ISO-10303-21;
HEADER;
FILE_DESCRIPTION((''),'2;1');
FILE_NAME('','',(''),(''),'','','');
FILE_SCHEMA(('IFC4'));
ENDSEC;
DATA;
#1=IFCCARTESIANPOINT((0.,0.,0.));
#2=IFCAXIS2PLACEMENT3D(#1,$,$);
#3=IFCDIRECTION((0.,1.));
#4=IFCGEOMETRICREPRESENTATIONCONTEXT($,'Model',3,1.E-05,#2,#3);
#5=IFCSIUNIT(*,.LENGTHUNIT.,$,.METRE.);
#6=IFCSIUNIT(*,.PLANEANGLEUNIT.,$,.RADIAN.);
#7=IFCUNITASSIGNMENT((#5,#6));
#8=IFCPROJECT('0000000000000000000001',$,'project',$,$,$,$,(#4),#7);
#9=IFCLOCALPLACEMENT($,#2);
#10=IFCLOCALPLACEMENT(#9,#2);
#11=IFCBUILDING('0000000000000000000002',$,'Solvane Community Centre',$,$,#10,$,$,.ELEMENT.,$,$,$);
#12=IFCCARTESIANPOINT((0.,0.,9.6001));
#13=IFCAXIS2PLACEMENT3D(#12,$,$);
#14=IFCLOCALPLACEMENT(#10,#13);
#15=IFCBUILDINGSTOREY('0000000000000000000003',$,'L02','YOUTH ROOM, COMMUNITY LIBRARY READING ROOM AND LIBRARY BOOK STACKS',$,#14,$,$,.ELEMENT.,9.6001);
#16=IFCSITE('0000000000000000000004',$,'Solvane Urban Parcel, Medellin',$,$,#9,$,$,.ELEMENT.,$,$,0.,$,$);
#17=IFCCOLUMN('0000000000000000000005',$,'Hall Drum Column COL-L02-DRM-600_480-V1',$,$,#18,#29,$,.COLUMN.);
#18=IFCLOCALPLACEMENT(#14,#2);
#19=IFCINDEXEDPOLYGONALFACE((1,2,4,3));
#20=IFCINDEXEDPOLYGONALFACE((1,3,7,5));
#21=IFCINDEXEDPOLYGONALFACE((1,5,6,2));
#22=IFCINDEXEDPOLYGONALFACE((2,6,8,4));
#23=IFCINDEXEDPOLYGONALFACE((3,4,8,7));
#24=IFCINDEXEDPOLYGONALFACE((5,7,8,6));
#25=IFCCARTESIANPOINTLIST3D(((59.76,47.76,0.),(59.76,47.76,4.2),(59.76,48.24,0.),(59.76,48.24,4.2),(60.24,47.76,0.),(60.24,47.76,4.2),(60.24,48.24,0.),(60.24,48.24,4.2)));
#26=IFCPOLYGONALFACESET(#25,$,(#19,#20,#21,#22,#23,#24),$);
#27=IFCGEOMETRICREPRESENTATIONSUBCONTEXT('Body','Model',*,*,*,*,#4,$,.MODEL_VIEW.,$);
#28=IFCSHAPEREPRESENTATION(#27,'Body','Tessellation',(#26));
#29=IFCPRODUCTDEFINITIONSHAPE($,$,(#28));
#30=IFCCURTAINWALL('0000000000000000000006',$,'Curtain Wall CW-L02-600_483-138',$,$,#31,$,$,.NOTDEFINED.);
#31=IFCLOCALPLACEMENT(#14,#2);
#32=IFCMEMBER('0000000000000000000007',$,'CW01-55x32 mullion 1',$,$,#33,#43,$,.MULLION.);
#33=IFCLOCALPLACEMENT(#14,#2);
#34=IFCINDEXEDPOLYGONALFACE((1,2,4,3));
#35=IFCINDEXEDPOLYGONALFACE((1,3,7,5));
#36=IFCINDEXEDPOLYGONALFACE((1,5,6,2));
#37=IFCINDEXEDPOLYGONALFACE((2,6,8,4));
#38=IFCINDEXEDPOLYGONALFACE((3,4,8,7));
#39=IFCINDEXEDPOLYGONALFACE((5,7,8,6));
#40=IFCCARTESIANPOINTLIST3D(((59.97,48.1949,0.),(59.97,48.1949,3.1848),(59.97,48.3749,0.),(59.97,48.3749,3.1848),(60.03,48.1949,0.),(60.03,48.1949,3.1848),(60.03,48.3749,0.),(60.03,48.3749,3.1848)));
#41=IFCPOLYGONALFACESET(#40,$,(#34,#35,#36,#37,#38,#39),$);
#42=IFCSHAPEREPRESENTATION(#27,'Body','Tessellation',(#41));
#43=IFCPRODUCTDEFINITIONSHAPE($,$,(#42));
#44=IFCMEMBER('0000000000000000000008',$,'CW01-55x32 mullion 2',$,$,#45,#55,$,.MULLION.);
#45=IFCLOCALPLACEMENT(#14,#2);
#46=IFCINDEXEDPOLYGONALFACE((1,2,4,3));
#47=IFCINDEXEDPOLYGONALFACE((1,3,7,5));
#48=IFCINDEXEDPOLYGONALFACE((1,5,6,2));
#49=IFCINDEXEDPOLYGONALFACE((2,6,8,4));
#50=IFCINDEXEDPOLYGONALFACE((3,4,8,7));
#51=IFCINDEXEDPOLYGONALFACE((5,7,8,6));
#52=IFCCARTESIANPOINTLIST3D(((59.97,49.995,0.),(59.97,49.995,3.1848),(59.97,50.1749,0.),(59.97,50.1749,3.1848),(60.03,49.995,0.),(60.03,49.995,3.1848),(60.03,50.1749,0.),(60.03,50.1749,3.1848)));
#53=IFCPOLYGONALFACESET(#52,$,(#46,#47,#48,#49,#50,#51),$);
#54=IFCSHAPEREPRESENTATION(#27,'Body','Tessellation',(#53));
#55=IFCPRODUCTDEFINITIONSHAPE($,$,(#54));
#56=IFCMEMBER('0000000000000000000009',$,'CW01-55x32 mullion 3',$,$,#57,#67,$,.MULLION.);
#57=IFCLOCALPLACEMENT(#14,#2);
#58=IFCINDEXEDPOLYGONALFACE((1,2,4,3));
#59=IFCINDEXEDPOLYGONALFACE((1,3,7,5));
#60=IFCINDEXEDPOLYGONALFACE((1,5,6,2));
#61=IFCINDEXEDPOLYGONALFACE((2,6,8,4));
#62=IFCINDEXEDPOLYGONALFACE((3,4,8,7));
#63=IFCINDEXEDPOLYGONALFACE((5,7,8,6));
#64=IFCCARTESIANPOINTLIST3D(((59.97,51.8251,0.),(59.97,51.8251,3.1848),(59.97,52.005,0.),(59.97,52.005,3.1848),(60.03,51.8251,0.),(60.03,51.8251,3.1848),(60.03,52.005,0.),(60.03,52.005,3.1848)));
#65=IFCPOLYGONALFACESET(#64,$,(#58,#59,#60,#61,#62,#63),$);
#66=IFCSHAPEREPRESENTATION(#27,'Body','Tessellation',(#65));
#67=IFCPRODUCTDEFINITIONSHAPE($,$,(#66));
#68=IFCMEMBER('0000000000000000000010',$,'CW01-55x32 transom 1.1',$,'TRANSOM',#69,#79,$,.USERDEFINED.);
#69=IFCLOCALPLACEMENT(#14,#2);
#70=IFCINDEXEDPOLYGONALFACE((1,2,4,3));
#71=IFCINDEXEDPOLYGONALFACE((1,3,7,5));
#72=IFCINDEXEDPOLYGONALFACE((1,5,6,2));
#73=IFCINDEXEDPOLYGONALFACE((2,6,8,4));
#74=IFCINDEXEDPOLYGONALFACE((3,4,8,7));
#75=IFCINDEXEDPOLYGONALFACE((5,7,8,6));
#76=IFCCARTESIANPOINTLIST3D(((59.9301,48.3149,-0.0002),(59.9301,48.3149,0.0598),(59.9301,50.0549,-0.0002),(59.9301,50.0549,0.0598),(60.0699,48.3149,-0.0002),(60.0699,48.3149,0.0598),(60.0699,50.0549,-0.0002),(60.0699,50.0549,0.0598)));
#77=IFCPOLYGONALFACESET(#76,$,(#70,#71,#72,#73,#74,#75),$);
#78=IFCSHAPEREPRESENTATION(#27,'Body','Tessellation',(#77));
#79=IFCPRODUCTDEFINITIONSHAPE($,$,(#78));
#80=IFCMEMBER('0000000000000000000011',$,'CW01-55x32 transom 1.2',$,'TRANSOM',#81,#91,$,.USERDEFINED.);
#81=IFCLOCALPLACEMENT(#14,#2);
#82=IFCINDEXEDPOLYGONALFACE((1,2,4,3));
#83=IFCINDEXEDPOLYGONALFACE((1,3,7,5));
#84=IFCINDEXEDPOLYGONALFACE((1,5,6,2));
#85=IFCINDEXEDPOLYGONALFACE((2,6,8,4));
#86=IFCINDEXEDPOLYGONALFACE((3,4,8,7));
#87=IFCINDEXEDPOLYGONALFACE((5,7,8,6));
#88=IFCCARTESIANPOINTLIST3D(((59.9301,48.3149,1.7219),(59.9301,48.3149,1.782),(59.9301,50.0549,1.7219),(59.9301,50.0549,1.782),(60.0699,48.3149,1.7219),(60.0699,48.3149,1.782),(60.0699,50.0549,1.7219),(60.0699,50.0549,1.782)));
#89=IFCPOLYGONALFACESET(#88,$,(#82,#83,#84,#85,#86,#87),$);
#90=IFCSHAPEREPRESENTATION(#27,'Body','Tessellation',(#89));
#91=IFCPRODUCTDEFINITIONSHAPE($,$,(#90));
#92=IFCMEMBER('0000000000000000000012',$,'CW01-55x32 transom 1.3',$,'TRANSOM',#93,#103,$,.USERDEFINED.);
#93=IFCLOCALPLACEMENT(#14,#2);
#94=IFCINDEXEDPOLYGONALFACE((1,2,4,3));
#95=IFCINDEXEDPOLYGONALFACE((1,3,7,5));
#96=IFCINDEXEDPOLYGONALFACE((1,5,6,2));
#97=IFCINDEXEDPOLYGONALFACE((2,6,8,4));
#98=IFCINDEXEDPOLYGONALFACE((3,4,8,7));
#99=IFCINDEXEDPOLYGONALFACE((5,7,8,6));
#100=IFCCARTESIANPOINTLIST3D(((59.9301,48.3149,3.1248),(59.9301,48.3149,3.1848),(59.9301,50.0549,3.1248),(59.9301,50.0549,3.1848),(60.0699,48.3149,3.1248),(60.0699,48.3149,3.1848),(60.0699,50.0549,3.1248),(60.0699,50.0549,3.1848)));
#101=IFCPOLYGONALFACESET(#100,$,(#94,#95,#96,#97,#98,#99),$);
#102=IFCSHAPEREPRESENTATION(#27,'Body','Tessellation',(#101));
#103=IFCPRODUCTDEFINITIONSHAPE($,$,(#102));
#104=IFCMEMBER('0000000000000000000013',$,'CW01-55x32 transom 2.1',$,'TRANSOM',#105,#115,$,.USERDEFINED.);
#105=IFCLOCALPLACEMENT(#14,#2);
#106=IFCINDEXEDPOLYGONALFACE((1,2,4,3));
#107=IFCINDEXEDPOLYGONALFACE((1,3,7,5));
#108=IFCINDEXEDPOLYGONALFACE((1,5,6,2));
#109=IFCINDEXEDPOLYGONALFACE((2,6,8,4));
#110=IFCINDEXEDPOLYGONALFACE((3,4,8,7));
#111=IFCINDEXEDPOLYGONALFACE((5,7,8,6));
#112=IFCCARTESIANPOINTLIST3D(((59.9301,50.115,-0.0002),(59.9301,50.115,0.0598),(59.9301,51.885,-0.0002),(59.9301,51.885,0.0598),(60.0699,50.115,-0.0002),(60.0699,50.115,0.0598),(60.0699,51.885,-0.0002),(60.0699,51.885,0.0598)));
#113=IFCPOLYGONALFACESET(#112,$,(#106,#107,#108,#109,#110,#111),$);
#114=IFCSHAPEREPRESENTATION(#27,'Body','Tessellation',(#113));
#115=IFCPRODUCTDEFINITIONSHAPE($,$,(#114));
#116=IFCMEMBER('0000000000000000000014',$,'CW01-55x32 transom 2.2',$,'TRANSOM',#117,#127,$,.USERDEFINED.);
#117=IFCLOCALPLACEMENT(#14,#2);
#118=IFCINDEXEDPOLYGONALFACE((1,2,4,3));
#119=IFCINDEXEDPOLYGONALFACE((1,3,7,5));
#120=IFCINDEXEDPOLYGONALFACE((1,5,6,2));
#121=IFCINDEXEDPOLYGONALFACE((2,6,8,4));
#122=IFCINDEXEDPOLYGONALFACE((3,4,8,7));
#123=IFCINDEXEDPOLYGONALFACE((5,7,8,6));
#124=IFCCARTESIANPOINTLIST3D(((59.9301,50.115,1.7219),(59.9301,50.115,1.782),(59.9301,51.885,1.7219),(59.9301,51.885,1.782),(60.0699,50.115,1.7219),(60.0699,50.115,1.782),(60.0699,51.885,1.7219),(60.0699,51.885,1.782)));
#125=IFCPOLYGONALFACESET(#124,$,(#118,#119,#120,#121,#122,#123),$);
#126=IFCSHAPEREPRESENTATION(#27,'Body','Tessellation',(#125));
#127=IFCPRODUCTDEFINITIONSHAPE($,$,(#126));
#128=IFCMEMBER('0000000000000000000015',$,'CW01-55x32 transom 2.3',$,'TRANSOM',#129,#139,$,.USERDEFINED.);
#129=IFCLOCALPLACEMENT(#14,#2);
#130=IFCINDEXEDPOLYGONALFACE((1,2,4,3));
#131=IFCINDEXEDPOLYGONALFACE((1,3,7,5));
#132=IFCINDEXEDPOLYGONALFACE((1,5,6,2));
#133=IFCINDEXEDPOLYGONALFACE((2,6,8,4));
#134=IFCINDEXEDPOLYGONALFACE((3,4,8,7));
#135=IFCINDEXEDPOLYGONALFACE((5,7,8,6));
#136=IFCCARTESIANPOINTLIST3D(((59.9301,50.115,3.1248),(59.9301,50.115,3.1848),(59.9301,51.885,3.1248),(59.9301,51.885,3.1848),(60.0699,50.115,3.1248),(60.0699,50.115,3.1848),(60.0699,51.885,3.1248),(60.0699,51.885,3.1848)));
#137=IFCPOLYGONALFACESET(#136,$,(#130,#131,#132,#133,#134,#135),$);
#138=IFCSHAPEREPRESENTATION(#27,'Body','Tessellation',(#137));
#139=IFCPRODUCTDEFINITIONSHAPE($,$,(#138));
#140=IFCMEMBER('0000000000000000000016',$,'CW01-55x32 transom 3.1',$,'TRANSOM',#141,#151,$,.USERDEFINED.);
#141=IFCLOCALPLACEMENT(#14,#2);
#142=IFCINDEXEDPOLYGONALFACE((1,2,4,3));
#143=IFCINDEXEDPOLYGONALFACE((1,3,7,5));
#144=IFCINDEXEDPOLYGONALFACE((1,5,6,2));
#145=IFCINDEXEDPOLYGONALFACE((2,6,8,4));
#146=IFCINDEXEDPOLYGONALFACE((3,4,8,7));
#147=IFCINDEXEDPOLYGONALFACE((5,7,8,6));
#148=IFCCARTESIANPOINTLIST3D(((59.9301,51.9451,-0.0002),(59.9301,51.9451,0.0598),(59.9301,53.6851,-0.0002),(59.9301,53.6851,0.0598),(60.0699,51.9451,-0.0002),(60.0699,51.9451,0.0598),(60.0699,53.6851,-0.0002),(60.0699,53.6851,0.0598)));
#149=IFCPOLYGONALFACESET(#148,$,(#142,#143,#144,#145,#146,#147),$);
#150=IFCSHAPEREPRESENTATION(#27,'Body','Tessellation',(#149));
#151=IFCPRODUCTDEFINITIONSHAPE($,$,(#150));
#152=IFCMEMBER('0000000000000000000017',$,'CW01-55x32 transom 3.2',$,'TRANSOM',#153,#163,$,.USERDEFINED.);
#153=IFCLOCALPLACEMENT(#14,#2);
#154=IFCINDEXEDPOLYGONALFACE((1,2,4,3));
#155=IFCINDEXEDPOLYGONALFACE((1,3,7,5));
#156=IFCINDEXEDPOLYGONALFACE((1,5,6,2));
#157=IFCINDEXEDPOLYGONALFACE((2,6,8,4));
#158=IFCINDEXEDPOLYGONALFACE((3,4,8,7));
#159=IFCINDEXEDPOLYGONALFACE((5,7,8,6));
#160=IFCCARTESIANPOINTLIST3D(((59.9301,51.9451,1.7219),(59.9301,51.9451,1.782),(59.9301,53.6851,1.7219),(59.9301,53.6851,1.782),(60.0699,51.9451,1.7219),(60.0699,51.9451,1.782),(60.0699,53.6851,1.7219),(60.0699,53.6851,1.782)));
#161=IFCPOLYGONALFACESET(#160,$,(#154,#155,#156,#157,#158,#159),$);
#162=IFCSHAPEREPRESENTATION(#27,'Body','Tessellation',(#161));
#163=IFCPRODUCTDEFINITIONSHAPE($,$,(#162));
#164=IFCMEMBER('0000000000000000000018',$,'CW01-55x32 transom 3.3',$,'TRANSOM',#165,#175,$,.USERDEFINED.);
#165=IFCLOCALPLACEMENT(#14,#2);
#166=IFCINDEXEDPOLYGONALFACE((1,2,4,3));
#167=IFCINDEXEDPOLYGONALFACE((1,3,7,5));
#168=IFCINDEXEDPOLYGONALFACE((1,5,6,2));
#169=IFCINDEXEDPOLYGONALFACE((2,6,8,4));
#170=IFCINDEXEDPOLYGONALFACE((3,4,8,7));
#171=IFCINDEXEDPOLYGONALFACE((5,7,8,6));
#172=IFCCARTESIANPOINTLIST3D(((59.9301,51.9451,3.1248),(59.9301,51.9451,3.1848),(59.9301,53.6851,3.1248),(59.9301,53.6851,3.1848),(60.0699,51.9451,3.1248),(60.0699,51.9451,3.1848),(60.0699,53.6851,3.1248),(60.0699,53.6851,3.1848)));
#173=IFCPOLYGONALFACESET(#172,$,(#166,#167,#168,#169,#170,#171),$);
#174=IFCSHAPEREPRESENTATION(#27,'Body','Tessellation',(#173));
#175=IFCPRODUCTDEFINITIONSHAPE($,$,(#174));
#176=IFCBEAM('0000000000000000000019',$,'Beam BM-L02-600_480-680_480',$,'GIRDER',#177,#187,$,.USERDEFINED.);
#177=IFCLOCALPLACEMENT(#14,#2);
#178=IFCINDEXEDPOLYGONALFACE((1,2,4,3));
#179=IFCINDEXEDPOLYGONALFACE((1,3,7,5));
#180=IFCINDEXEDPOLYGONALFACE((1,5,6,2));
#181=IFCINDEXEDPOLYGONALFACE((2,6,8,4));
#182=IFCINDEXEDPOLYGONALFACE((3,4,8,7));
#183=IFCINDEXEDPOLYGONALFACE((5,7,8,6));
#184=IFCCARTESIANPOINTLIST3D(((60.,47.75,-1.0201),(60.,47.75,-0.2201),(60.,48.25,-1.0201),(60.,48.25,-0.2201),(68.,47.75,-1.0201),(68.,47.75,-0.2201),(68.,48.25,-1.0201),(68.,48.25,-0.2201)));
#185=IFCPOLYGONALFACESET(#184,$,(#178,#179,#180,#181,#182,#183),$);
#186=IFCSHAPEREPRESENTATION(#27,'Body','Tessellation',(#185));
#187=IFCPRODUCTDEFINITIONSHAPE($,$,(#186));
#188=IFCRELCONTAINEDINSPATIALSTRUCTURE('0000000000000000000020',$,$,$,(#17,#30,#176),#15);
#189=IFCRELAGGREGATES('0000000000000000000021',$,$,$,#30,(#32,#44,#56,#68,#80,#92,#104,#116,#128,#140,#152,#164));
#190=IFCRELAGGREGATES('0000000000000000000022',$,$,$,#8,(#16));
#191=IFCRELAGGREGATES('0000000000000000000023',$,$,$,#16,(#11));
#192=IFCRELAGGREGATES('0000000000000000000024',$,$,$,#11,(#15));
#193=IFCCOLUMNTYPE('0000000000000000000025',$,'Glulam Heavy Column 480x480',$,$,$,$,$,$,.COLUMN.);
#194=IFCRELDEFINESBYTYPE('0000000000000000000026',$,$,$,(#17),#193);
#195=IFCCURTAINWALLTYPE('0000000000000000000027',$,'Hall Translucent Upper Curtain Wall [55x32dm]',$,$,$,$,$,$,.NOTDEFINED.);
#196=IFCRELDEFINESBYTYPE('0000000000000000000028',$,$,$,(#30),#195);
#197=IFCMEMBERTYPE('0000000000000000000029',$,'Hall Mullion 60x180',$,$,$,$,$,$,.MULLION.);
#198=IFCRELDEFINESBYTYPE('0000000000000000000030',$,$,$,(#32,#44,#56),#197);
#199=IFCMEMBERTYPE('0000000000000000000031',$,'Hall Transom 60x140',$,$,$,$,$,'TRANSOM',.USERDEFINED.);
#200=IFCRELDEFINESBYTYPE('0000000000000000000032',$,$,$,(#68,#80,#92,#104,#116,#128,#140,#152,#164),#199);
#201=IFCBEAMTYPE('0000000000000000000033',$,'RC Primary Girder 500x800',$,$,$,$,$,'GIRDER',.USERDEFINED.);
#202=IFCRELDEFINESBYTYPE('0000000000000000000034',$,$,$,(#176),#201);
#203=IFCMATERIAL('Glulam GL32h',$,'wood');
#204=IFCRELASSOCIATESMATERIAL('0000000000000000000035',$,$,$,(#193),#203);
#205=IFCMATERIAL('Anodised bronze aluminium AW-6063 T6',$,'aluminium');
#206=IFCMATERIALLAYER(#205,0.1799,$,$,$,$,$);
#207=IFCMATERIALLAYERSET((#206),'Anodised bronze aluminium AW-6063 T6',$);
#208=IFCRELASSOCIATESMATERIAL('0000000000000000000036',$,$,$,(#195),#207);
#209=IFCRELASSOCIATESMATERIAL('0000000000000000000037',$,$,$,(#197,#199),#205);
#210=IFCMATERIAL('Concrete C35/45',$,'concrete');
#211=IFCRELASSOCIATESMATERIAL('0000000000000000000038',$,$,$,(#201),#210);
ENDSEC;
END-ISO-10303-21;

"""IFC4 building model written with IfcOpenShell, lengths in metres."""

from ifc_helpers import new_model, si_unit, direction, frame, origin, origin_2d, place, context, subcontext, project, spatial, rectangle, extrude, material, layer, layer_set, material_profile, profile_set, type_object, element, aggregate, save


model = new_model("IFC4")

# Units and contexts
model_context = context("Model", 3, precision=1e-05, world=origin(), true_north=direction((0.0, 1.0)))
body_context = subcontext(model_context, "Body", "Model", "MODEL_VIEW")
ifc_project = project(units=[si_unit("LENGTHUNIT", "METRE"), si_unit("PLANEANGLEUNIT", "RADIAN")], contexts=[model_context])

# Site, building, storey
site_placement = place(None, origin())
site = spatial("IfcSite", under=ifc_project, at=site_placement, Name="Solvane Urban Parcel, Medellin", CompositionType="ELEMENT", RefElevation=0.0)
building_placement = place(site_placement, origin())
building = spatial("IfcBuilding", under=site, at=building_placement, Name="Solvane Community Centre", CompositionType="ELEMENT")
storey_placement = place(building_placement, frame((0.0, 0.0, 9.6001)))
storey = spatial("IfcBuildingStorey", under=building, at=storey_placement, Name="L02", Description="YOUTH ROOM, COMMUNITY LIBRARY READING ROOM AND LIBRARY BOOK STACKS", CompositionType="ELEMENT", Elevation=9.6001)

# Column
ifc_material_1 = material(Name="Glulam GL32h", Category="wood")
ifc_material_profile_1 = material_profile(ifc_material_1, rectangle(XDim=0.48, YDim=0.48, at=origin_2d()), Name="GL32h 480x480")
ifc_profile_set_1 = profile_set([ifc_material_profile_1], Name="Glulam GL32h")
column_type = type_object("IfcColumnType", Name="Glulam Heavy Column 480x480", PredefinedType="COLUMN", material=ifc_profile_set_1)
column_placement = place(storey_placement, frame((60.0, 48.0, 0.0), z_axis=(0.0, 0.0, 1.0), x_axis=(1.0, 0.0, 0.0)))
element("IfcColumn", 1, at=column_placement, inside=storey, type_object=column_type, Name="Hall Drum Column COL-L02-DRM-600_480-V1", PredefinedType="COLUMN", context=body_context, shape_type="SweptSolid", body=[
    extrude(rectangle(XDim=0.48, YDim=0.48, at=origin_2d()), origin(), (0.0, 0.0, 1.0), 4.2),
])

# Curtain wall, members
ifc_material_2 = material(Name="Anodised bronze aluminium AW-6063 T6", Category="aluminium")
ifc_layer_1 = layer(ifc_material_2, 0.1799)
ifc_layer_set_1 = layer_set([ifc_layer_1], Name="Anodised bronze aluminium AW-6063 T6")
curtain_wall_type = type_object("IfcCurtainWallType", Name="Hall Translucent Upper Curtain Wall [55x32dm]", PredefinedType="NOTDEFINED", material=ifc_layer_set_1)
curtain_wall_placement = place(storey_placement, origin())
curtain_wall = element("IfcCurtainWall", 2, at=curtain_wall_placement, inside=storey, type_object=curtain_wall_type, Name="Curtain Wall CW-L02-600_483-138", PredefinedType="NOTDEFINED")
ifc_material_profile_2 = material_profile(ifc_material_2, rectangle(XDim=0.0601, YDim=0.1799, at=origin_2d()), Name="CW-M 60x180")
ifc_profile_set_2 = profile_set([ifc_material_profile_2], Name="Anodised bronze aluminium AW-6063 T6")
member_type_1 = type_object("IfcMemberType", Name="Hall Mullion 60x180", PredefinedType="MULLION", material=ifc_profile_set_2)
member_1_placement = place(storey_placement, frame((60.0, 48.2849, 0.0), z_axis=(0.0, 0.0, 1.0), x_axis=(-1.0, 0.0, 0.0)))
member_1 = element("IfcMember", 3, at=member_1_placement, type_object=member_type_1, Name="CW01-55x32 mullion 1", PredefinedType="MULLION", context=body_context, shape_type="SweptSolid", body=[
    extrude(rectangle(XDim=0.0601, YDim=0.1799, at=origin_2d()), origin(), (0.0, 0.0, 1.0), 3.1848),
])
member_2_placement = place(storey_placement, frame((60.0, 50.085, 0.0), z_axis=(0.0, 0.0, 1.0), x_axis=(-1.0, 0.0, 0.0)))
member_2 = element("IfcMember", 4, at=member_2_placement, type_object=member_type_1, Name="CW01-55x32 mullion 2", PredefinedType="MULLION", context=body_context, shape_type="SweptSolid", body=[
    extrude(rectangle(XDim=0.0601, YDim=0.1799, at=origin_2d()), origin(), (0.0, 0.0, 1.0), 3.1848),
])
member_3_placement = place(storey_placement, frame((60.0, 51.915, 0.0), z_axis=(0.0, 0.0, 1.0), x_axis=(-1.0, 0.0, 0.0)))
member_3 = element("IfcMember", 5, at=member_3_placement, type_object=member_type_1, Name="CW01-55x32 mullion 3", PredefinedType="MULLION", context=body_context, shape_type="SweptSolid", body=[
    extrude(rectangle(XDim=0.0601, YDim=0.1799, at=origin_2d()), origin(), (0.0, 0.0, 1.0), 3.1848),
])
ifc_material_profile_3 = material_profile(ifc_material_2, rectangle(XDim=0.1399, YDim=0.0601, at=origin_2d()), Name="CW-T 60x140")
ifc_profile_set_3 = profile_set([ifc_material_profile_3], Name="Anodised bronze aluminium AW-6063 T6")
member_type_2 = type_object("IfcMemberType", Name="Hall Transom 60x140", ElementType="TRANSOM", PredefinedType="USERDEFINED", material=ifc_profile_set_3)
member_4_placement = place(storey_placement, frame((60.0, 48.3149, 0.0298), z_axis=(0.0, 1.0, 0.0), x_axis=(-1.0, 0.0, 0.0)))
member_4 = element("IfcMember", 6, at=member_4_placement, type_object=member_type_2, Name="CW01-55x32 transom 1.1", ObjectType="TRANSOM", PredefinedType="USERDEFINED", context=body_context, shape_type="SweptSolid", body=[
    extrude(rectangle(XDim=0.1399, YDim=0.0601, at=origin_2d()), origin(), (0.0, 0.0, 1.0), 1.74),
])
member_5_placement = place(storey_placement, frame((60.0, 48.3149, 1.752), z_axis=(0.0, 1.0, 0.0), x_axis=(-1.0, 0.0, 0.0)))
member_5 = element("IfcMember", 7, at=member_5_placement, type_object=member_type_2, Name="CW01-55x32 transom 1.2", ObjectType="TRANSOM", PredefinedType="USERDEFINED", context=body_context, shape_type="SweptSolid", body=[
    extrude(rectangle(XDim=0.1399, YDim=0.0601, at=origin_2d()), origin(), (0.0, 0.0, 1.0), 1.74),
])
member_6_placement = place(storey_placement, frame((60.0, 48.3149, 3.1548), z_axis=(0.0, 1.0, 0.0), x_axis=(-1.0, 0.0, 0.0)))
member_6 = element("IfcMember", 8, at=member_6_placement, type_object=member_type_2, Name="CW01-55x32 transom 1.3", ObjectType="TRANSOM", PredefinedType="USERDEFINED", context=body_context, shape_type="SweptSolid", body=[
    extrude(rectangle(XDim=0.1399, YDim=0.0601, at=origin_2d()), origin(), (0.0, 0.0, 1.0), 1.74),
])
member_7_placement = place(storey_placement, frame((60.0, 50.115, 0.0298), z_axis=(0.0, 1.0, 0.0), x_axis=(-1.0, 0.0, 0.0)))
member_7 = element("IfcMember", 9, at=member_7_placement, type_object=member_type_2, Name="CW01-55x32 transom 2.1", ObjectType="TRANSOM", PredefinedType="USERDEFINED", context=body_context, shape_type="SweptSolid", body=[
    extrude(rectangle(XDim=0.1399, YDim=0.0601, at=origin_2d()), origin(), (0.0, 0.0, 1.0), 1.77),
])
member_8_placement = place(storey_placement, frame((60.0, 50.115, 1.752), z_axis=(0.0, 1.0, 0.0), x_axis=(-1.0, 0.0, 0.0)))
member_8 = element("IfcMember", 10, at=member_8_placement, type_object=member_type_2, Name="CW01-55x32 transom 2.2", ObjectType="TRANSOM", PredefinedType="USERDEFINED", context=body_context, shape_type="SweptSolid", body=[
    extrude(rectangle(XDim=0.1399, YDim=0.0601, at=origin_2d()), origin(), (0.0, 0.0, 1.0), 1.77),
])
member_9_placement = place(storey_placement, frame((60.0, 50.115, 3.1548), z_axis=(0.0, 1.0, 0.0), x_axis=(-1.0, 0.0, 0.0)))
member_9 = element("IfcMember", 11, at=member_9_placement, type_object=member_type_2, Name="CW01-55x32 transom 2.3", ObjectType="TRANSOM", PredefinedType="USERDEFINED", context=body_context, shape_type="SweptSolid", body=[
    extrude(rectangle(XDim=0.1399, YDim=0.0601, at=origin_2d()), origin(), (0.0, 0.0, 1.0), 1.77),
])
member_10_placement = place(storey_placement, frame((60.0, 51.9451, 0.0298), z_axis=(0.0, 1.0, 0.0), x_axis=(-1.0, 0.0, 0.0)))
member_10 = element("IfcMember", 12, at=member_10_placement, type_object=member_type_2, Name="CW01-55x32 transom 3.1", ObjectType="TRANSOM", PredefinedType="USERDEFINED", context=body_context, shape_type="SweptSolid", body=[
    extrude(rectangle(XDim=0.1399, YDim=0.0601, at=origin_2d()), origin(), (0.0, 0.0, 1.0), 1.74),
])
member_11_placement = place(storey_placement, frame((60.0, 51.9451, 1.752), z_axis=(0.0, 1.0, 0.0), x_axis=(-1.0, 0.0, 0.0)))
member_11 = element("IfcMember", 13, at=member_11_placement, type_object=member_type_2, Name="CW01-55x32 transom 3.2", ObjectType="TRANSOM", PredefinedType="USERDEFINED", context=body_context, shape_type="SweptSolid", body=[
    extrude(rectangle(XDim=0.1399, YDim=0.0601, at=origin_2d()), origin(), (0.0, 0.0, 1.0), 1.74),
])
member_12_placement = place(storey_placement, frame((60.0, 51.9451, 3.1548), z_axis=(0.0, 1.0, 0.0), x_axis=(-1.0, 0.0, 0.0)))
member_12 = element("IfcMember", 14, at=member_12_placement, type_object=member_type_2, Name="CW01-55x32 transom 3.3", ObjectType="TRANSOM", PredefinedType="USERDEFINED", context=body_context, shape_type="SweptSolid", body=[
    extrude(rectangle(XDim=0.1399, YDim=0.0601, at=origin_2d()), origin(), (0.0, 0.0, 1.0), 1.74),
])

# Beam
ifc_material_3 = material(Name="Concrete C35/45", Category="concrete")
ifc_material_profile_4 = material_profile(ifc_material_3, rectangle(XDim=0.5, YDim=0.8, at=origin_2d()), Name="RC 500x800")
ifc_profile_set_4 = profile_set([ifc_material_profile_4], Name="Concrete C35/45")
beam_type_1 = type_object("IfcBeamType", Name="RC Primary Girder 500x800", ElementType="GIRDER", PredefinedType="USERDEFINED", material=ifc_profile_set_4)
beam_placement = place(storey_placement, frame((60.0, 48.0, -0.6201), z_axis=(1.0, 0.0, 0.0), x_axis=(0.0, 1.0, 0.0)))
element("IfcBeam", 15, at=beam_placement, inside=storey, type_object=beam_type_1, Name="Beam BM-L02-600_480-680_480", ObjectType="GIRDER", PredefinedType="USERDEFINED", context=body_context, shape_type="SweptSolid", body=[
    extrude(rectangle(XDim=0.5, YDim=0.8, at=origin_2d()), origin(), (0.0, 0.0, 1.0), 8.0),
])

aggregate(curtain_wall, [member_1, member_2, member_3, member_4, member_5, member_6, member_7, member_8, member_9, member_10, member_11, member_12])

save(model, "model.ifc")
